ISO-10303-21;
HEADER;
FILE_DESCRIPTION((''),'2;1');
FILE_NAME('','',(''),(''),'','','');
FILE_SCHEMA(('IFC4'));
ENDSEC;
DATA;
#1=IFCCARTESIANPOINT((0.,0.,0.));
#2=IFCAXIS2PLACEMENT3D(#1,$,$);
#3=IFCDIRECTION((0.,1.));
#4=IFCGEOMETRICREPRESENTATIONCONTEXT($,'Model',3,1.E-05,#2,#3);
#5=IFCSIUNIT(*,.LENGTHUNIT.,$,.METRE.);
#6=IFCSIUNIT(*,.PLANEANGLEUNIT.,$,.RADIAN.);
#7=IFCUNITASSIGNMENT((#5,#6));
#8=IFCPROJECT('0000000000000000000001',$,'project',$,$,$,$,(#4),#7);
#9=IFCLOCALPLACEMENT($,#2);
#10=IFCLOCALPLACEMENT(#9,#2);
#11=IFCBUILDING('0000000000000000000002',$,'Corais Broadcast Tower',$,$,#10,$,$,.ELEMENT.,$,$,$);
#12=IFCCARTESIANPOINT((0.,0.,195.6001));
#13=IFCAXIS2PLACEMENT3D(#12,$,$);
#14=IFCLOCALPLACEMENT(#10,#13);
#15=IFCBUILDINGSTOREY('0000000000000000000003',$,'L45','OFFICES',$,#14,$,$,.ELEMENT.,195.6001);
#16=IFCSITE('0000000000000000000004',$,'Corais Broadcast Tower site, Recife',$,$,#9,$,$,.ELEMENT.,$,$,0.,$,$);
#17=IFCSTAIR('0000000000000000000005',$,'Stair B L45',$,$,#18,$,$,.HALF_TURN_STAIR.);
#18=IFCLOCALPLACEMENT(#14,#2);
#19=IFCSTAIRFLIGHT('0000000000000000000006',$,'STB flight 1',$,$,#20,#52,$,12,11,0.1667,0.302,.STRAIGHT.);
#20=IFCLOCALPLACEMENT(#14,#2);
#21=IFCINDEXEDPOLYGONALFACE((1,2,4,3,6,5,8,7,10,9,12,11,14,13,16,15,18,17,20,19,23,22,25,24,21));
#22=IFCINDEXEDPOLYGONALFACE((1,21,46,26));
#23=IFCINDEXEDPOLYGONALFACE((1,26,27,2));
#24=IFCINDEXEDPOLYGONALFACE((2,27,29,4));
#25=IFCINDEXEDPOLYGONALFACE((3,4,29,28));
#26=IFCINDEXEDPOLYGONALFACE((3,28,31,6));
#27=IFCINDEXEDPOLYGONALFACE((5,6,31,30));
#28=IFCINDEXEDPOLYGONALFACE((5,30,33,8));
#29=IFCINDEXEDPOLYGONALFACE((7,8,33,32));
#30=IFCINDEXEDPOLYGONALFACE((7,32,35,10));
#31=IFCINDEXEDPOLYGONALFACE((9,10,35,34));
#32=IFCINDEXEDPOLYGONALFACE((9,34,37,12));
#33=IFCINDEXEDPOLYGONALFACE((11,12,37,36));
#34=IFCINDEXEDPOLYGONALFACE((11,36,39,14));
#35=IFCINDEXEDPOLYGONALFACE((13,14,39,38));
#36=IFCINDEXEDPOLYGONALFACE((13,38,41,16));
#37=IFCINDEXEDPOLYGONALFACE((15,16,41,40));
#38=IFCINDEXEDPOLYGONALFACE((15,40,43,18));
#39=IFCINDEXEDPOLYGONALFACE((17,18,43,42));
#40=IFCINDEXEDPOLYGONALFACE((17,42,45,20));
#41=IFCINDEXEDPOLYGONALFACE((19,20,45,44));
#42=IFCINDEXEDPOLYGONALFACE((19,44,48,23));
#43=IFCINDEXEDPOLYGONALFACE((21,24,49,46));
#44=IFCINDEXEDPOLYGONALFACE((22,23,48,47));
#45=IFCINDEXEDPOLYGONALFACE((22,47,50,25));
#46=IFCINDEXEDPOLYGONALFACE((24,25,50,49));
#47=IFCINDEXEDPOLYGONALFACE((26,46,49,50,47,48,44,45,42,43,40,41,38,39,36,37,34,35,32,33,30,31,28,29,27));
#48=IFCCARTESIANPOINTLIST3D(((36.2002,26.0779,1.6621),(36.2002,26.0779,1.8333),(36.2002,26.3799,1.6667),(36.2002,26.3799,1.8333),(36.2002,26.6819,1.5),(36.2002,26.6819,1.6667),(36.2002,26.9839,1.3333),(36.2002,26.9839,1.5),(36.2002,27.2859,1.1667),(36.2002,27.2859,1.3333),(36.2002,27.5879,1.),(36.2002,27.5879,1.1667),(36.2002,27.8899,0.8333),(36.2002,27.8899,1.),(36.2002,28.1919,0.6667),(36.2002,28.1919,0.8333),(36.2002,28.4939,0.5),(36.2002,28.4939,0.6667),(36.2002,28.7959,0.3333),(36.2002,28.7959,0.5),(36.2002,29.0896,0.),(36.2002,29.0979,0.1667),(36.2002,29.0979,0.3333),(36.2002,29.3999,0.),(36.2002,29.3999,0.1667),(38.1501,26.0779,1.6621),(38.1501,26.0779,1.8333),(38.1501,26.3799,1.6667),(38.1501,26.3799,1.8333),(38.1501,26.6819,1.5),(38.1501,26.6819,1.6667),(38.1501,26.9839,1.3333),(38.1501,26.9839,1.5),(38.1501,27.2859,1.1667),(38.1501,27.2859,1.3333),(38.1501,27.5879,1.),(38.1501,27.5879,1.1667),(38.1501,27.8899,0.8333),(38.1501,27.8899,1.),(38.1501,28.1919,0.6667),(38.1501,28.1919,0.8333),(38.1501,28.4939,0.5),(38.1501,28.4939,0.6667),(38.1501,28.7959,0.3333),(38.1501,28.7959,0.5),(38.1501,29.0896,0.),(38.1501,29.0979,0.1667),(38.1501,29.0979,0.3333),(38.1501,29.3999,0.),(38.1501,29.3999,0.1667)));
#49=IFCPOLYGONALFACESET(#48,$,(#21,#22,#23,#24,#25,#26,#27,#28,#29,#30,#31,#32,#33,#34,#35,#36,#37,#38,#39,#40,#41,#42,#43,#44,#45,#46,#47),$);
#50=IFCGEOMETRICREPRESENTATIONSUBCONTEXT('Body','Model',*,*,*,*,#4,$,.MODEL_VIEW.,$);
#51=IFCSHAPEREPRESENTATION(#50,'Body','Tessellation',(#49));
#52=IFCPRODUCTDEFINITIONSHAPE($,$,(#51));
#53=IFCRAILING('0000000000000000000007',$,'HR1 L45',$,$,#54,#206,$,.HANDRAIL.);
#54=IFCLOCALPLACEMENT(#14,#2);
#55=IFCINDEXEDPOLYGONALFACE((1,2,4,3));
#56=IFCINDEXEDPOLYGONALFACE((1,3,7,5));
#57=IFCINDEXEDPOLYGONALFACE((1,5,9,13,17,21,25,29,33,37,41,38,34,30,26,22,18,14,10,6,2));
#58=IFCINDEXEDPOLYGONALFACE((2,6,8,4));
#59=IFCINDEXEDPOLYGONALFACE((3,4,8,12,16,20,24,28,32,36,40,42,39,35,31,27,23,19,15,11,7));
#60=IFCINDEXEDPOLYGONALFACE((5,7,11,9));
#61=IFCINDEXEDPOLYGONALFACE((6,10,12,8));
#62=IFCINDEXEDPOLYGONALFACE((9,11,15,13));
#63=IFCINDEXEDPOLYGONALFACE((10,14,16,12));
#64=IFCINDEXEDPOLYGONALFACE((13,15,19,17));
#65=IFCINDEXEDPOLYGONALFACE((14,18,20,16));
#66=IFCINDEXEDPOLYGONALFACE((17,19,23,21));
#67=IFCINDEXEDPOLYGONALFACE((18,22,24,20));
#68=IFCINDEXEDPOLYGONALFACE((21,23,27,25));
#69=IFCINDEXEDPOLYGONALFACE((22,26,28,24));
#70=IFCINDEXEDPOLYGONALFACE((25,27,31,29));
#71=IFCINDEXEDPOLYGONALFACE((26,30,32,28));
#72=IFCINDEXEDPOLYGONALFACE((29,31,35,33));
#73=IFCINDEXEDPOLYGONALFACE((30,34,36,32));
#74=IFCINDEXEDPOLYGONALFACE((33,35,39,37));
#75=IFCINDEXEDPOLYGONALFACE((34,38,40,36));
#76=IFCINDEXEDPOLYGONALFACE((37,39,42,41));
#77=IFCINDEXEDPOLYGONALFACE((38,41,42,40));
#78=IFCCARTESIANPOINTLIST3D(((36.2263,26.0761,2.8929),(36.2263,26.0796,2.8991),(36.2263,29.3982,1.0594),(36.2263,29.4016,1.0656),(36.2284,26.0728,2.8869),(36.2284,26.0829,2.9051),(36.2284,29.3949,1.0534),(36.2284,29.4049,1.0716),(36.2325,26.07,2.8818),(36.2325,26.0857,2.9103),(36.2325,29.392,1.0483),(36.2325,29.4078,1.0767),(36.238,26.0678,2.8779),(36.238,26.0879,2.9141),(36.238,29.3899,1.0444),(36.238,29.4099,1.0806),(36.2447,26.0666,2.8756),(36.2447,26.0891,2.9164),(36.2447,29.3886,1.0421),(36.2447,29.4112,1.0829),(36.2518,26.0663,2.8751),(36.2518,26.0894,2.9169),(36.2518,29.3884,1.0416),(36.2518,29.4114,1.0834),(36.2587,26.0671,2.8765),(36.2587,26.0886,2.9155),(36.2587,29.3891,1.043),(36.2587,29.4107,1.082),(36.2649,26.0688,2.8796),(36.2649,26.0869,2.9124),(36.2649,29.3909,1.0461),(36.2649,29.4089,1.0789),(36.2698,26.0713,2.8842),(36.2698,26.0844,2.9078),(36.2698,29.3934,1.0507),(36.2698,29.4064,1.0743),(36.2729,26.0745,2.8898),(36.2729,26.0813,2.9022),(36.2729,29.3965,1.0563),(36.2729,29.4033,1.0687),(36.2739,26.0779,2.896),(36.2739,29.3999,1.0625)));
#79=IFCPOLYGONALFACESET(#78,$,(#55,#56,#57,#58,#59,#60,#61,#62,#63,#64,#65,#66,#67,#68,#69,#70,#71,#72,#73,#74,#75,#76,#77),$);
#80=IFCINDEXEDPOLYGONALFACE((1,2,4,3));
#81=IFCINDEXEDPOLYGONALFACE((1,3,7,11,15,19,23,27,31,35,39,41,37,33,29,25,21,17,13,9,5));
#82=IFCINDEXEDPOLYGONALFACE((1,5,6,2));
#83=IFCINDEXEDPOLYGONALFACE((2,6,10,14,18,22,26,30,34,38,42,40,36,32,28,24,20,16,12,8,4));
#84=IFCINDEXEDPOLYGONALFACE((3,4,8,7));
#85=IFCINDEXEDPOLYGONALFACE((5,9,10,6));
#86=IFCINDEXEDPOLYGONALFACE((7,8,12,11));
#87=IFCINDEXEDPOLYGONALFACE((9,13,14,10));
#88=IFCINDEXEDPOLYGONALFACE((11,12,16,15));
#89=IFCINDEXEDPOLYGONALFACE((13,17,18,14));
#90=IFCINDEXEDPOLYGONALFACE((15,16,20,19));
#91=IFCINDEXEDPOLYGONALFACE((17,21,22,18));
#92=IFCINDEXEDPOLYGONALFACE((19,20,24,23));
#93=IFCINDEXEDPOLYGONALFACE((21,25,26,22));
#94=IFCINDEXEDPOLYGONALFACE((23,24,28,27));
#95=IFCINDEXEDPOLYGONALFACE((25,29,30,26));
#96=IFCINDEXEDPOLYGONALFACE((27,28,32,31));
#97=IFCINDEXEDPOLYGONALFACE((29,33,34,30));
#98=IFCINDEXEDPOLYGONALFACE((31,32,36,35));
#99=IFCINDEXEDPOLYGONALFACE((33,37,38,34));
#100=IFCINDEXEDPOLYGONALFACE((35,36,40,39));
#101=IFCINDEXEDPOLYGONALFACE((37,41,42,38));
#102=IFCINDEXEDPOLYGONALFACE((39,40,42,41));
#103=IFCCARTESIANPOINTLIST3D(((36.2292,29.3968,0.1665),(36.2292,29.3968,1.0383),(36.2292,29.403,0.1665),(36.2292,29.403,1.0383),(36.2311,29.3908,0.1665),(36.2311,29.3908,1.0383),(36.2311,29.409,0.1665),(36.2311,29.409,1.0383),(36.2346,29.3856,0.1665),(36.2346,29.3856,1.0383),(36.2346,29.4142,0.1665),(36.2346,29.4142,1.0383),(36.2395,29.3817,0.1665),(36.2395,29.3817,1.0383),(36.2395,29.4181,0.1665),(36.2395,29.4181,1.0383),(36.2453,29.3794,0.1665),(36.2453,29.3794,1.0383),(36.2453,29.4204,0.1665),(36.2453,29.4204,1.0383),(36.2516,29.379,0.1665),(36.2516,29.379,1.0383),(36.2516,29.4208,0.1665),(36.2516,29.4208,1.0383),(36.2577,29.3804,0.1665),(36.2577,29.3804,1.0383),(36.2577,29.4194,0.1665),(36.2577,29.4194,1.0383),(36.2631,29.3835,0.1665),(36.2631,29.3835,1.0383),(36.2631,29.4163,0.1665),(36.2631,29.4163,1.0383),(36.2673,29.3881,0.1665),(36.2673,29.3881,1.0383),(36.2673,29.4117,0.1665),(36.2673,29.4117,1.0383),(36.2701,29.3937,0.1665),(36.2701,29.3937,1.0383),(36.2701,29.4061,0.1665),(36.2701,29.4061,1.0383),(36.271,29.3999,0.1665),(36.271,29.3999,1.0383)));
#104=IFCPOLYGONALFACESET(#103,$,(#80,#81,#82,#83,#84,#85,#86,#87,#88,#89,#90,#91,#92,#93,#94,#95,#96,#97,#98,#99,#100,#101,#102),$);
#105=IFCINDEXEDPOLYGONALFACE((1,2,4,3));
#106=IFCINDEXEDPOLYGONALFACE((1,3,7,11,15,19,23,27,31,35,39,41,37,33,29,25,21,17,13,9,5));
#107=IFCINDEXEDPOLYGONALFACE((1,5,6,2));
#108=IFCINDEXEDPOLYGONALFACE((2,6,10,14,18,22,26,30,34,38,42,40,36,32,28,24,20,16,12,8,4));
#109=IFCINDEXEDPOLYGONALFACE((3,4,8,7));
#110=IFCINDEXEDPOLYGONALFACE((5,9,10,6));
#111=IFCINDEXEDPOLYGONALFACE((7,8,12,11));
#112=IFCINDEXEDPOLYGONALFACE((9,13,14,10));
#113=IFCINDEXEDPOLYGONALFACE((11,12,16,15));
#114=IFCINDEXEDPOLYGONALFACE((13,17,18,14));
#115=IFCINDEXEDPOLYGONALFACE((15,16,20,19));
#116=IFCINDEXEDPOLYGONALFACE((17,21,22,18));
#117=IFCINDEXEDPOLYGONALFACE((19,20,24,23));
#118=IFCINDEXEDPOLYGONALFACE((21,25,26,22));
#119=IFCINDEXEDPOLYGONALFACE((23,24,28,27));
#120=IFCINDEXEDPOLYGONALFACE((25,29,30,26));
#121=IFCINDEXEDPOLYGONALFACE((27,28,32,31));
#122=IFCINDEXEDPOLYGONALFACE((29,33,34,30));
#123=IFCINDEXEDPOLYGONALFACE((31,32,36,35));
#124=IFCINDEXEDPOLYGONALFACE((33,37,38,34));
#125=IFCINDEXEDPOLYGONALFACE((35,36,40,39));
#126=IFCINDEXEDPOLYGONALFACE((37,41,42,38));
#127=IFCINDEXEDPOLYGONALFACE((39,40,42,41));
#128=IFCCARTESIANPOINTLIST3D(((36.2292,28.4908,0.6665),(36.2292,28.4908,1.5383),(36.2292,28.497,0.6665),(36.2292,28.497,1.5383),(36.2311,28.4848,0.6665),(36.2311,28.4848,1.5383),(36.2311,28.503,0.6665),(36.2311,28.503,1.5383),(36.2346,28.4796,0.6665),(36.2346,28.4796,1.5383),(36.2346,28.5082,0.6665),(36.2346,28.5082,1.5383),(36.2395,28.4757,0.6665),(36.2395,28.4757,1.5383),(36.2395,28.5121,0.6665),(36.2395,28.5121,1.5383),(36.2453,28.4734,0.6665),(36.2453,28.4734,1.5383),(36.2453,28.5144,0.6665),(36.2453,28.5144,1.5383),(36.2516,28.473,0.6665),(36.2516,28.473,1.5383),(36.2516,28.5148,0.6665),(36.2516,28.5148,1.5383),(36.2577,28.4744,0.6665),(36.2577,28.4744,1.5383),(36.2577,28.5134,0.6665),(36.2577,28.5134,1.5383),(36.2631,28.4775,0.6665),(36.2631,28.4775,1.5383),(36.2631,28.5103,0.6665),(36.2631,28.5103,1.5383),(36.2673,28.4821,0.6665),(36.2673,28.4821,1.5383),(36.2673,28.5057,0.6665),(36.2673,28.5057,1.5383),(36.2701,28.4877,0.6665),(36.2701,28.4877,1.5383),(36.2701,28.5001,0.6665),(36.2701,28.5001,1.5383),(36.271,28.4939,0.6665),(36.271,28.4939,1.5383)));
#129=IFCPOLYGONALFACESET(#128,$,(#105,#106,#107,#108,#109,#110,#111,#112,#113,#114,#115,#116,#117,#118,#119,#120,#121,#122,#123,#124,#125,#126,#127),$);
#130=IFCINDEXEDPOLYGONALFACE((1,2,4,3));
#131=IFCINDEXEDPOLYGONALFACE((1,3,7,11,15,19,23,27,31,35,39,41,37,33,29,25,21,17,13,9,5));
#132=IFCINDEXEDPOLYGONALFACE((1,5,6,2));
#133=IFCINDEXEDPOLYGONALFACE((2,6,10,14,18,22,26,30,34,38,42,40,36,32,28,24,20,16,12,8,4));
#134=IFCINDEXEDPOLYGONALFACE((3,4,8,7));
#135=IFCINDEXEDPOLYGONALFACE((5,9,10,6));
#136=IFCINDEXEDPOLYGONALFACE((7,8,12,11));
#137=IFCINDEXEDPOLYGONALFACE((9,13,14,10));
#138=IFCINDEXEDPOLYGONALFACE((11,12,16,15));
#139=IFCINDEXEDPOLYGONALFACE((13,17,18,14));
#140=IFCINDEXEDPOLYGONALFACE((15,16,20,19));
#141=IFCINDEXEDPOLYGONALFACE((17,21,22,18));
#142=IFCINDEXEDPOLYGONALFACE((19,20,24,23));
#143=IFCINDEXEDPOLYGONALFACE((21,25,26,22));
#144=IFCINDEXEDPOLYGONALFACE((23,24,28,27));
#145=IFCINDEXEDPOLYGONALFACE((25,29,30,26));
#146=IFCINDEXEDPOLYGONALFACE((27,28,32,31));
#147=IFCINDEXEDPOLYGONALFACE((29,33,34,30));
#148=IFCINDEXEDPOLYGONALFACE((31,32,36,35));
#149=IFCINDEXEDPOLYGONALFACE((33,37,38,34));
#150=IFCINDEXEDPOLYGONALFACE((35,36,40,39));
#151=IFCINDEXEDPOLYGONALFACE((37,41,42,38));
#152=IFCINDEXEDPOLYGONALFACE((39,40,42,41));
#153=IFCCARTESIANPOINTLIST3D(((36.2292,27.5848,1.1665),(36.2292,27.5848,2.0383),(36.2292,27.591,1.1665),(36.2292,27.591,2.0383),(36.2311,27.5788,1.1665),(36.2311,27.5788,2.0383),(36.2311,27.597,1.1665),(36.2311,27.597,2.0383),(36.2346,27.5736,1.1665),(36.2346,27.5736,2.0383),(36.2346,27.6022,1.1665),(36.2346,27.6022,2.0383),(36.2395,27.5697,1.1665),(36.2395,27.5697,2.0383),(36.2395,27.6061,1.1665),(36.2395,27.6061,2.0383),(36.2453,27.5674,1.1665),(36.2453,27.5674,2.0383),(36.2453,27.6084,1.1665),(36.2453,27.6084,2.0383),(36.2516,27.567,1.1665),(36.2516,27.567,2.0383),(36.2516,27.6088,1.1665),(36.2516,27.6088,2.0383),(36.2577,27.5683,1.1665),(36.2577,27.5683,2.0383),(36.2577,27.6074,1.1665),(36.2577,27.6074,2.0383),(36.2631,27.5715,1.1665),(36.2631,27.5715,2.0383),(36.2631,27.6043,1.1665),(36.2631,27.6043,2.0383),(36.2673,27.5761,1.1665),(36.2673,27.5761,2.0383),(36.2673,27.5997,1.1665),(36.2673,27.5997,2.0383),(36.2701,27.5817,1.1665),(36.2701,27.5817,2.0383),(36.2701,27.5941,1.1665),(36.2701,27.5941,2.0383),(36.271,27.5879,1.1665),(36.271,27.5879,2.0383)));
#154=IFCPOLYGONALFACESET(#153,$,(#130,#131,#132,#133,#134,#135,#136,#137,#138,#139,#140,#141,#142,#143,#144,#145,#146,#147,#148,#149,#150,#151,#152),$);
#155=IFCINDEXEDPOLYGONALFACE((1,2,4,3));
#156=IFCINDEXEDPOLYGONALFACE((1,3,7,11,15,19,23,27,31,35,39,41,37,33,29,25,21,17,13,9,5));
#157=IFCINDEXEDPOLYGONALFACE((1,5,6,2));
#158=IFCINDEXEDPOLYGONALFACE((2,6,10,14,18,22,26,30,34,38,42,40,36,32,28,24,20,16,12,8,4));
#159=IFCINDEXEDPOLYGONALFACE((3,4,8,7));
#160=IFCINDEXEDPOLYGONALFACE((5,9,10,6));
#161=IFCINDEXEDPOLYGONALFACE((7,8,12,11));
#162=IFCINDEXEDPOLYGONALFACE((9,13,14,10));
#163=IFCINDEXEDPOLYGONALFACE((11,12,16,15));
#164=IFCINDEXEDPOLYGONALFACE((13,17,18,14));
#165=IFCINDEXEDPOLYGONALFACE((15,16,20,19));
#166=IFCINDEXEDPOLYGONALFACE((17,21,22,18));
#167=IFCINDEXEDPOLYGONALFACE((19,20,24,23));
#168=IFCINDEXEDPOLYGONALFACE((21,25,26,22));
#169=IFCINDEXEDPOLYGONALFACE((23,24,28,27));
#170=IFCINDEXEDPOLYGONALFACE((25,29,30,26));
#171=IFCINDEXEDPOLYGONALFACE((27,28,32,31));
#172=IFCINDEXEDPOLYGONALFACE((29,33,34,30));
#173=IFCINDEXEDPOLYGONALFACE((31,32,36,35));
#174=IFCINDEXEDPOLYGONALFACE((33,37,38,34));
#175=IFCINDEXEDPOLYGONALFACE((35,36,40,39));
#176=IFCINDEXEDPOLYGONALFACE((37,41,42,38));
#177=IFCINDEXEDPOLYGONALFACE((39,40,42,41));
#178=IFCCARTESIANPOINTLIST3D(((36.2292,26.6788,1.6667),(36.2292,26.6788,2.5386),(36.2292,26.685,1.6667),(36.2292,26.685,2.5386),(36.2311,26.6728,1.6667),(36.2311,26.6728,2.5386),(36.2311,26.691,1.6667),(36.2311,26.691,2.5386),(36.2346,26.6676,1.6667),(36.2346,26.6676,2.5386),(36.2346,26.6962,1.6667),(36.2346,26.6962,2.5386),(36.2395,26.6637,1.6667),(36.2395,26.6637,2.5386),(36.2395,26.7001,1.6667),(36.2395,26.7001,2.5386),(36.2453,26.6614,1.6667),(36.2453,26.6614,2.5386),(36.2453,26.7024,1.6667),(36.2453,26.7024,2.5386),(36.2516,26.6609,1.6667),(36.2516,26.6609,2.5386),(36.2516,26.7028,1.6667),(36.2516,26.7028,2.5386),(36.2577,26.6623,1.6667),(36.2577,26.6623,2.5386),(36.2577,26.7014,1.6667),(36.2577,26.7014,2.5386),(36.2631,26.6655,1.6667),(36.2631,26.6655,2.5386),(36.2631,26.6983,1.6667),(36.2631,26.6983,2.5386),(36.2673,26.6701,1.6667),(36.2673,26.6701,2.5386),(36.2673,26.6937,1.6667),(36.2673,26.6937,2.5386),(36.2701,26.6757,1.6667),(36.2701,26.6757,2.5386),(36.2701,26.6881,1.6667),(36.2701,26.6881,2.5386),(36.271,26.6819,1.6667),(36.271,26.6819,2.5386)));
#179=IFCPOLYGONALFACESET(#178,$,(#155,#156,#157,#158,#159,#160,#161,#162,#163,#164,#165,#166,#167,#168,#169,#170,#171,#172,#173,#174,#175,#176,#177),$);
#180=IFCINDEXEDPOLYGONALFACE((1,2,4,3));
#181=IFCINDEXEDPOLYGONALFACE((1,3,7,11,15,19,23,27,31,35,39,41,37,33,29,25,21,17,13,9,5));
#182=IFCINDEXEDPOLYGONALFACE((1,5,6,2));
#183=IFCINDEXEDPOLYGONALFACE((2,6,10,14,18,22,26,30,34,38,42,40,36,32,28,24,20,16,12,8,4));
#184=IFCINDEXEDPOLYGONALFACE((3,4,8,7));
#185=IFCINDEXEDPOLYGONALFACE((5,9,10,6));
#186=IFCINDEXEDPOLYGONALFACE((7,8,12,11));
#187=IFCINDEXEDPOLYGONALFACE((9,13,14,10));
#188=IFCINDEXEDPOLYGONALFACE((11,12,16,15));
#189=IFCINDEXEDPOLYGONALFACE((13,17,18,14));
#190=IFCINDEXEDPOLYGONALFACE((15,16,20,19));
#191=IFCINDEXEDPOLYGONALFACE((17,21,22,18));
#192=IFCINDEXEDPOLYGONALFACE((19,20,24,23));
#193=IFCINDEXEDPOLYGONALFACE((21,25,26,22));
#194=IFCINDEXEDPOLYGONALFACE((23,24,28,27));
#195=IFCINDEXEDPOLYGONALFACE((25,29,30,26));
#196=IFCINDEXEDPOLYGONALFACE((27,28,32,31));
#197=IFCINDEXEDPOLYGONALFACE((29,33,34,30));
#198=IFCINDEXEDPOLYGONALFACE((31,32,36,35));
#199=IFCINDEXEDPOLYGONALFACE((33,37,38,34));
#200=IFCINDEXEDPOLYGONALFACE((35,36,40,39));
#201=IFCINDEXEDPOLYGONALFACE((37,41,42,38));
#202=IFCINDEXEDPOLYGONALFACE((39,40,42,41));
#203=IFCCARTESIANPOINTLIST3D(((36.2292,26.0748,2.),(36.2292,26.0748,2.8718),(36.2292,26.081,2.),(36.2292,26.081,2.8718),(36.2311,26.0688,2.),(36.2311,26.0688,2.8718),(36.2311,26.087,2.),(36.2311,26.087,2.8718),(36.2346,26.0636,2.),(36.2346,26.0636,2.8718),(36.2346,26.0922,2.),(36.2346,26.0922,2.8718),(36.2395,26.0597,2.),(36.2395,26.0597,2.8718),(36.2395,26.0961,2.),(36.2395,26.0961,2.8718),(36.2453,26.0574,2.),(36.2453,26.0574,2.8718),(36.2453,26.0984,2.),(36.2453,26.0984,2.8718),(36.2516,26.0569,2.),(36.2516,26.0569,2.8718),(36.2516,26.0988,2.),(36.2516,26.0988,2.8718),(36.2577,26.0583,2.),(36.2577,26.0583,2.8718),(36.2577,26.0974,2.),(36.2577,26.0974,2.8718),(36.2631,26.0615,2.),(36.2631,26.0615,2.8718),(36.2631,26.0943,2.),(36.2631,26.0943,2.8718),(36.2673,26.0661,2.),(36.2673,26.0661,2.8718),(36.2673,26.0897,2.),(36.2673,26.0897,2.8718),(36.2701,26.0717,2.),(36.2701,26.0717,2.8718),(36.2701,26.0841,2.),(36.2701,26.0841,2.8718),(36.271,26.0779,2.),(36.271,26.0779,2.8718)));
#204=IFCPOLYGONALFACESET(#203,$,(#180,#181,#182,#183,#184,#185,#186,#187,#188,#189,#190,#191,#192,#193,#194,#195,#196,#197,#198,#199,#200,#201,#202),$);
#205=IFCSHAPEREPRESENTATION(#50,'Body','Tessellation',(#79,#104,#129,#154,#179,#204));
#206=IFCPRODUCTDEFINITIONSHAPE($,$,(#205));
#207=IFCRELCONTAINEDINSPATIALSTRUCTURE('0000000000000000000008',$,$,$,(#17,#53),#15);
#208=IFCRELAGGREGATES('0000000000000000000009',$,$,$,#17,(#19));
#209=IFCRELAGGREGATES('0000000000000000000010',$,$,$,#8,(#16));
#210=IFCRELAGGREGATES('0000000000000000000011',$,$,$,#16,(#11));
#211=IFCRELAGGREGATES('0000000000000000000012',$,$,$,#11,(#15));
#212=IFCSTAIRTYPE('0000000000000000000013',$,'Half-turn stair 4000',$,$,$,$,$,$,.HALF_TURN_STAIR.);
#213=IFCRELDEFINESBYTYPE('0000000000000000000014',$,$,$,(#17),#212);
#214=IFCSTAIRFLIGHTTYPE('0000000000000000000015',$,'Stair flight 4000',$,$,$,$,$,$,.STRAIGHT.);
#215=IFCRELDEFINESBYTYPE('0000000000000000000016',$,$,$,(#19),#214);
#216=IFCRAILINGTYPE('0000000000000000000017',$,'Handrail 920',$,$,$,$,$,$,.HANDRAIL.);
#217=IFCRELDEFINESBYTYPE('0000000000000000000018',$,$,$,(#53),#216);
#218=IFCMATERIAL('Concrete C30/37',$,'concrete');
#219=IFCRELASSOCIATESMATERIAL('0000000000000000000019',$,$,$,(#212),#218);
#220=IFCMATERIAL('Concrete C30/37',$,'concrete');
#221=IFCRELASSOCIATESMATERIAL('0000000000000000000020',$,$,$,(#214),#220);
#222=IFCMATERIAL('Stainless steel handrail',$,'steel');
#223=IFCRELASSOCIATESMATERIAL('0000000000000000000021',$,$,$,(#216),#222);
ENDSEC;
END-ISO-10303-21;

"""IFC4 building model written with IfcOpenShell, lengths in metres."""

from ifc_helpers import new_model, si_unit, direction, frame, origin, origin_2d, place, context, subcontext, project, spatial, polyline, circle, outline, extrude, material, type_object, element, aggregate, save


model = new_model("IFC4")

# Units and contexts
model_context = context("Model", 3, precision=1e-05, world=origin(), true_north=direction((0.0, 1.0)))
body_context = subcontext(model_context, "Body", "Model", "MODEL_VIEW")
ifc_project = project(units=[si_unit("LENGTHUNIT", "METRE"), si_unit("PLANEANGLEUNIT", "RADIAN")], contexts=[model_context])

# Site, building, storey
site_placement = place(None, origin())
site = spatial("IfcSite", under=ifc_project, at=site_placement, Name="Corais Broadcast Tower site, Recife", CompositionType="ELEMENT", RefElevation=0.0)
building_placement = place(site_placement, origin())
building = spatial("IfcBuilding", under=site, at=building_placement, Name="Corais Broadcast Tower", CompositionType="ELEMENT")
storey_placement = place(building_placement, frame((0.0, 0.0, 195.6001)))
storey = spatial("IfcBuildingStorey", under=building, at=storey_placement, Name="L45", Description="OFFICES", CompositionType="ELEMENT", Elevation=195.6001)

# Stair, stair flight
ifc_material_1 = material(Name="Concrete C30/37", Category="concrete")
stair_type = type_object("IfcStairType", Name="Half-turn stair 4000", PredefinedType="HALF_TURN_STAIR", material=ifc_material_1)
stair_placement = place(storey_placement, origin())
stair = element("IfcStair", 1, at=stair_placement, inside=storey, type_object=stair_type, Name="Stair B L45", PredefinedType="HALF_TURN_STAIR")
ifc_material_2 = material(Name="Concrete C30/37", Category="concrete")
stair_flight_type = type_object("IfcStairFlightType", Name="Stair flight 4000", PredefinedType="STRAIGHT", material=ifc_material_2)
stair_flight_placement = place(storey_placement, frame((37.175, 29.3999, 0.0), z_axis=(0.0, 0.0, 1.0), x_axis=(0.0, -1.0, 0.0)))
stair_flight = element("IfcStairFlight", 2, at=stair_flight_placement, type_object=stair_flight_type, Name="STB flight 1", NumberOfRisers=12, NumberOfTreads=11, PredefinedType="STRAIGHT", RiserHeight=0.1667, TreadLength=0.302, context=body_context, shape_type="SweptSolid", body=[
    extrude(outline(polyline([(0.0, 0.0), (0.0, 0.1667), (0.302, 0.1667), (0.302, 0.3333), (0.604, 0.3333), (0.604, 0.5), (0.906, 0.5), (0.906, 0.6667), (1.208, 0.6667), (1.208, 0.8333), (1.51, 0.8333), (1.51, 1.0), (1.812, 1.0), (1.812, 1.1667), (2.114, 1.1667), (2.114, 1.3333), (2.416, 1.3333), (2.416, 1.5), (2.718, 1.5), (2.718, 1.6667), (3.02, 1.6667), (3.02, 1.8333), (3.322, 1.8333), (3.322, 2.0), (3.322, 1.6621), (0.3103, 0.0), (0.0, 0.0)])), frame((0.0, 0.9751, 0.0), z_axis=(0.0, -1.0, 0.0), x_axis=(1.0, 0.0, 0.0)), (0.0, 0.0, 1.0), 1.95),
])
aggregate(stair, [stair_flight])

# Railing
ifc_material_3 = material(Name="Stainless steel handrail", Category="steel")
railing_type = type_object("IfcRailingType", Name="Handrail 920", PredefinedType="HANDRAIL", material=ifc_material_3)
for number, where, name in (
    (3, (36.25, 29.3999, 0.1665), "HR1 L45"),
):
    element("IfcRailing", number, at=place(storey_placement, frame(where)), inside=storey, type_object=railing_type, Name=name, PredefinedType="HANDRAIL", context=body_context, shape_type="SweptSolid", body=[
        extrude(circle(Radius=0.0239, at=origin_2d()), frame((0.0, 0.0, 0.896), z_axis=(0.0, -0.875504, 0.48321), x_axis=(1.0, 0.0, 0.0)), (0.0, 0.0, 1.0), 3.7944),
        extrude(circle(Radius=0.021, at=origin_2d()), origin(), (0.0, 0.0, 1.0), 0.8718),
        extrude(circle(Radius=0.021, at=origin_2d()), frame((0.0, -0.906, 0.5)), (0.0, 0.0, 1.0), 0.8718),
        extrude(circle(Radius=0.021, at=origin_2d()), frame((0.0, -1.812, 1.0)), (0.0, 0.0, 1.0), 0.8718),
        extrude(circle(Radius=0.021, at=origin_2d()), frame((0.0, -2.718, 1.5002)), (0.0, 0.0, 1.0), 0.8718),
        extrude(circle(Radius=0.021, at=origin_2d()), frame((0.0, -3.322, 1.8335)), (0.0, 0.0, 1.0), 0.8718),
    ])

save(model, "model.ifc")
